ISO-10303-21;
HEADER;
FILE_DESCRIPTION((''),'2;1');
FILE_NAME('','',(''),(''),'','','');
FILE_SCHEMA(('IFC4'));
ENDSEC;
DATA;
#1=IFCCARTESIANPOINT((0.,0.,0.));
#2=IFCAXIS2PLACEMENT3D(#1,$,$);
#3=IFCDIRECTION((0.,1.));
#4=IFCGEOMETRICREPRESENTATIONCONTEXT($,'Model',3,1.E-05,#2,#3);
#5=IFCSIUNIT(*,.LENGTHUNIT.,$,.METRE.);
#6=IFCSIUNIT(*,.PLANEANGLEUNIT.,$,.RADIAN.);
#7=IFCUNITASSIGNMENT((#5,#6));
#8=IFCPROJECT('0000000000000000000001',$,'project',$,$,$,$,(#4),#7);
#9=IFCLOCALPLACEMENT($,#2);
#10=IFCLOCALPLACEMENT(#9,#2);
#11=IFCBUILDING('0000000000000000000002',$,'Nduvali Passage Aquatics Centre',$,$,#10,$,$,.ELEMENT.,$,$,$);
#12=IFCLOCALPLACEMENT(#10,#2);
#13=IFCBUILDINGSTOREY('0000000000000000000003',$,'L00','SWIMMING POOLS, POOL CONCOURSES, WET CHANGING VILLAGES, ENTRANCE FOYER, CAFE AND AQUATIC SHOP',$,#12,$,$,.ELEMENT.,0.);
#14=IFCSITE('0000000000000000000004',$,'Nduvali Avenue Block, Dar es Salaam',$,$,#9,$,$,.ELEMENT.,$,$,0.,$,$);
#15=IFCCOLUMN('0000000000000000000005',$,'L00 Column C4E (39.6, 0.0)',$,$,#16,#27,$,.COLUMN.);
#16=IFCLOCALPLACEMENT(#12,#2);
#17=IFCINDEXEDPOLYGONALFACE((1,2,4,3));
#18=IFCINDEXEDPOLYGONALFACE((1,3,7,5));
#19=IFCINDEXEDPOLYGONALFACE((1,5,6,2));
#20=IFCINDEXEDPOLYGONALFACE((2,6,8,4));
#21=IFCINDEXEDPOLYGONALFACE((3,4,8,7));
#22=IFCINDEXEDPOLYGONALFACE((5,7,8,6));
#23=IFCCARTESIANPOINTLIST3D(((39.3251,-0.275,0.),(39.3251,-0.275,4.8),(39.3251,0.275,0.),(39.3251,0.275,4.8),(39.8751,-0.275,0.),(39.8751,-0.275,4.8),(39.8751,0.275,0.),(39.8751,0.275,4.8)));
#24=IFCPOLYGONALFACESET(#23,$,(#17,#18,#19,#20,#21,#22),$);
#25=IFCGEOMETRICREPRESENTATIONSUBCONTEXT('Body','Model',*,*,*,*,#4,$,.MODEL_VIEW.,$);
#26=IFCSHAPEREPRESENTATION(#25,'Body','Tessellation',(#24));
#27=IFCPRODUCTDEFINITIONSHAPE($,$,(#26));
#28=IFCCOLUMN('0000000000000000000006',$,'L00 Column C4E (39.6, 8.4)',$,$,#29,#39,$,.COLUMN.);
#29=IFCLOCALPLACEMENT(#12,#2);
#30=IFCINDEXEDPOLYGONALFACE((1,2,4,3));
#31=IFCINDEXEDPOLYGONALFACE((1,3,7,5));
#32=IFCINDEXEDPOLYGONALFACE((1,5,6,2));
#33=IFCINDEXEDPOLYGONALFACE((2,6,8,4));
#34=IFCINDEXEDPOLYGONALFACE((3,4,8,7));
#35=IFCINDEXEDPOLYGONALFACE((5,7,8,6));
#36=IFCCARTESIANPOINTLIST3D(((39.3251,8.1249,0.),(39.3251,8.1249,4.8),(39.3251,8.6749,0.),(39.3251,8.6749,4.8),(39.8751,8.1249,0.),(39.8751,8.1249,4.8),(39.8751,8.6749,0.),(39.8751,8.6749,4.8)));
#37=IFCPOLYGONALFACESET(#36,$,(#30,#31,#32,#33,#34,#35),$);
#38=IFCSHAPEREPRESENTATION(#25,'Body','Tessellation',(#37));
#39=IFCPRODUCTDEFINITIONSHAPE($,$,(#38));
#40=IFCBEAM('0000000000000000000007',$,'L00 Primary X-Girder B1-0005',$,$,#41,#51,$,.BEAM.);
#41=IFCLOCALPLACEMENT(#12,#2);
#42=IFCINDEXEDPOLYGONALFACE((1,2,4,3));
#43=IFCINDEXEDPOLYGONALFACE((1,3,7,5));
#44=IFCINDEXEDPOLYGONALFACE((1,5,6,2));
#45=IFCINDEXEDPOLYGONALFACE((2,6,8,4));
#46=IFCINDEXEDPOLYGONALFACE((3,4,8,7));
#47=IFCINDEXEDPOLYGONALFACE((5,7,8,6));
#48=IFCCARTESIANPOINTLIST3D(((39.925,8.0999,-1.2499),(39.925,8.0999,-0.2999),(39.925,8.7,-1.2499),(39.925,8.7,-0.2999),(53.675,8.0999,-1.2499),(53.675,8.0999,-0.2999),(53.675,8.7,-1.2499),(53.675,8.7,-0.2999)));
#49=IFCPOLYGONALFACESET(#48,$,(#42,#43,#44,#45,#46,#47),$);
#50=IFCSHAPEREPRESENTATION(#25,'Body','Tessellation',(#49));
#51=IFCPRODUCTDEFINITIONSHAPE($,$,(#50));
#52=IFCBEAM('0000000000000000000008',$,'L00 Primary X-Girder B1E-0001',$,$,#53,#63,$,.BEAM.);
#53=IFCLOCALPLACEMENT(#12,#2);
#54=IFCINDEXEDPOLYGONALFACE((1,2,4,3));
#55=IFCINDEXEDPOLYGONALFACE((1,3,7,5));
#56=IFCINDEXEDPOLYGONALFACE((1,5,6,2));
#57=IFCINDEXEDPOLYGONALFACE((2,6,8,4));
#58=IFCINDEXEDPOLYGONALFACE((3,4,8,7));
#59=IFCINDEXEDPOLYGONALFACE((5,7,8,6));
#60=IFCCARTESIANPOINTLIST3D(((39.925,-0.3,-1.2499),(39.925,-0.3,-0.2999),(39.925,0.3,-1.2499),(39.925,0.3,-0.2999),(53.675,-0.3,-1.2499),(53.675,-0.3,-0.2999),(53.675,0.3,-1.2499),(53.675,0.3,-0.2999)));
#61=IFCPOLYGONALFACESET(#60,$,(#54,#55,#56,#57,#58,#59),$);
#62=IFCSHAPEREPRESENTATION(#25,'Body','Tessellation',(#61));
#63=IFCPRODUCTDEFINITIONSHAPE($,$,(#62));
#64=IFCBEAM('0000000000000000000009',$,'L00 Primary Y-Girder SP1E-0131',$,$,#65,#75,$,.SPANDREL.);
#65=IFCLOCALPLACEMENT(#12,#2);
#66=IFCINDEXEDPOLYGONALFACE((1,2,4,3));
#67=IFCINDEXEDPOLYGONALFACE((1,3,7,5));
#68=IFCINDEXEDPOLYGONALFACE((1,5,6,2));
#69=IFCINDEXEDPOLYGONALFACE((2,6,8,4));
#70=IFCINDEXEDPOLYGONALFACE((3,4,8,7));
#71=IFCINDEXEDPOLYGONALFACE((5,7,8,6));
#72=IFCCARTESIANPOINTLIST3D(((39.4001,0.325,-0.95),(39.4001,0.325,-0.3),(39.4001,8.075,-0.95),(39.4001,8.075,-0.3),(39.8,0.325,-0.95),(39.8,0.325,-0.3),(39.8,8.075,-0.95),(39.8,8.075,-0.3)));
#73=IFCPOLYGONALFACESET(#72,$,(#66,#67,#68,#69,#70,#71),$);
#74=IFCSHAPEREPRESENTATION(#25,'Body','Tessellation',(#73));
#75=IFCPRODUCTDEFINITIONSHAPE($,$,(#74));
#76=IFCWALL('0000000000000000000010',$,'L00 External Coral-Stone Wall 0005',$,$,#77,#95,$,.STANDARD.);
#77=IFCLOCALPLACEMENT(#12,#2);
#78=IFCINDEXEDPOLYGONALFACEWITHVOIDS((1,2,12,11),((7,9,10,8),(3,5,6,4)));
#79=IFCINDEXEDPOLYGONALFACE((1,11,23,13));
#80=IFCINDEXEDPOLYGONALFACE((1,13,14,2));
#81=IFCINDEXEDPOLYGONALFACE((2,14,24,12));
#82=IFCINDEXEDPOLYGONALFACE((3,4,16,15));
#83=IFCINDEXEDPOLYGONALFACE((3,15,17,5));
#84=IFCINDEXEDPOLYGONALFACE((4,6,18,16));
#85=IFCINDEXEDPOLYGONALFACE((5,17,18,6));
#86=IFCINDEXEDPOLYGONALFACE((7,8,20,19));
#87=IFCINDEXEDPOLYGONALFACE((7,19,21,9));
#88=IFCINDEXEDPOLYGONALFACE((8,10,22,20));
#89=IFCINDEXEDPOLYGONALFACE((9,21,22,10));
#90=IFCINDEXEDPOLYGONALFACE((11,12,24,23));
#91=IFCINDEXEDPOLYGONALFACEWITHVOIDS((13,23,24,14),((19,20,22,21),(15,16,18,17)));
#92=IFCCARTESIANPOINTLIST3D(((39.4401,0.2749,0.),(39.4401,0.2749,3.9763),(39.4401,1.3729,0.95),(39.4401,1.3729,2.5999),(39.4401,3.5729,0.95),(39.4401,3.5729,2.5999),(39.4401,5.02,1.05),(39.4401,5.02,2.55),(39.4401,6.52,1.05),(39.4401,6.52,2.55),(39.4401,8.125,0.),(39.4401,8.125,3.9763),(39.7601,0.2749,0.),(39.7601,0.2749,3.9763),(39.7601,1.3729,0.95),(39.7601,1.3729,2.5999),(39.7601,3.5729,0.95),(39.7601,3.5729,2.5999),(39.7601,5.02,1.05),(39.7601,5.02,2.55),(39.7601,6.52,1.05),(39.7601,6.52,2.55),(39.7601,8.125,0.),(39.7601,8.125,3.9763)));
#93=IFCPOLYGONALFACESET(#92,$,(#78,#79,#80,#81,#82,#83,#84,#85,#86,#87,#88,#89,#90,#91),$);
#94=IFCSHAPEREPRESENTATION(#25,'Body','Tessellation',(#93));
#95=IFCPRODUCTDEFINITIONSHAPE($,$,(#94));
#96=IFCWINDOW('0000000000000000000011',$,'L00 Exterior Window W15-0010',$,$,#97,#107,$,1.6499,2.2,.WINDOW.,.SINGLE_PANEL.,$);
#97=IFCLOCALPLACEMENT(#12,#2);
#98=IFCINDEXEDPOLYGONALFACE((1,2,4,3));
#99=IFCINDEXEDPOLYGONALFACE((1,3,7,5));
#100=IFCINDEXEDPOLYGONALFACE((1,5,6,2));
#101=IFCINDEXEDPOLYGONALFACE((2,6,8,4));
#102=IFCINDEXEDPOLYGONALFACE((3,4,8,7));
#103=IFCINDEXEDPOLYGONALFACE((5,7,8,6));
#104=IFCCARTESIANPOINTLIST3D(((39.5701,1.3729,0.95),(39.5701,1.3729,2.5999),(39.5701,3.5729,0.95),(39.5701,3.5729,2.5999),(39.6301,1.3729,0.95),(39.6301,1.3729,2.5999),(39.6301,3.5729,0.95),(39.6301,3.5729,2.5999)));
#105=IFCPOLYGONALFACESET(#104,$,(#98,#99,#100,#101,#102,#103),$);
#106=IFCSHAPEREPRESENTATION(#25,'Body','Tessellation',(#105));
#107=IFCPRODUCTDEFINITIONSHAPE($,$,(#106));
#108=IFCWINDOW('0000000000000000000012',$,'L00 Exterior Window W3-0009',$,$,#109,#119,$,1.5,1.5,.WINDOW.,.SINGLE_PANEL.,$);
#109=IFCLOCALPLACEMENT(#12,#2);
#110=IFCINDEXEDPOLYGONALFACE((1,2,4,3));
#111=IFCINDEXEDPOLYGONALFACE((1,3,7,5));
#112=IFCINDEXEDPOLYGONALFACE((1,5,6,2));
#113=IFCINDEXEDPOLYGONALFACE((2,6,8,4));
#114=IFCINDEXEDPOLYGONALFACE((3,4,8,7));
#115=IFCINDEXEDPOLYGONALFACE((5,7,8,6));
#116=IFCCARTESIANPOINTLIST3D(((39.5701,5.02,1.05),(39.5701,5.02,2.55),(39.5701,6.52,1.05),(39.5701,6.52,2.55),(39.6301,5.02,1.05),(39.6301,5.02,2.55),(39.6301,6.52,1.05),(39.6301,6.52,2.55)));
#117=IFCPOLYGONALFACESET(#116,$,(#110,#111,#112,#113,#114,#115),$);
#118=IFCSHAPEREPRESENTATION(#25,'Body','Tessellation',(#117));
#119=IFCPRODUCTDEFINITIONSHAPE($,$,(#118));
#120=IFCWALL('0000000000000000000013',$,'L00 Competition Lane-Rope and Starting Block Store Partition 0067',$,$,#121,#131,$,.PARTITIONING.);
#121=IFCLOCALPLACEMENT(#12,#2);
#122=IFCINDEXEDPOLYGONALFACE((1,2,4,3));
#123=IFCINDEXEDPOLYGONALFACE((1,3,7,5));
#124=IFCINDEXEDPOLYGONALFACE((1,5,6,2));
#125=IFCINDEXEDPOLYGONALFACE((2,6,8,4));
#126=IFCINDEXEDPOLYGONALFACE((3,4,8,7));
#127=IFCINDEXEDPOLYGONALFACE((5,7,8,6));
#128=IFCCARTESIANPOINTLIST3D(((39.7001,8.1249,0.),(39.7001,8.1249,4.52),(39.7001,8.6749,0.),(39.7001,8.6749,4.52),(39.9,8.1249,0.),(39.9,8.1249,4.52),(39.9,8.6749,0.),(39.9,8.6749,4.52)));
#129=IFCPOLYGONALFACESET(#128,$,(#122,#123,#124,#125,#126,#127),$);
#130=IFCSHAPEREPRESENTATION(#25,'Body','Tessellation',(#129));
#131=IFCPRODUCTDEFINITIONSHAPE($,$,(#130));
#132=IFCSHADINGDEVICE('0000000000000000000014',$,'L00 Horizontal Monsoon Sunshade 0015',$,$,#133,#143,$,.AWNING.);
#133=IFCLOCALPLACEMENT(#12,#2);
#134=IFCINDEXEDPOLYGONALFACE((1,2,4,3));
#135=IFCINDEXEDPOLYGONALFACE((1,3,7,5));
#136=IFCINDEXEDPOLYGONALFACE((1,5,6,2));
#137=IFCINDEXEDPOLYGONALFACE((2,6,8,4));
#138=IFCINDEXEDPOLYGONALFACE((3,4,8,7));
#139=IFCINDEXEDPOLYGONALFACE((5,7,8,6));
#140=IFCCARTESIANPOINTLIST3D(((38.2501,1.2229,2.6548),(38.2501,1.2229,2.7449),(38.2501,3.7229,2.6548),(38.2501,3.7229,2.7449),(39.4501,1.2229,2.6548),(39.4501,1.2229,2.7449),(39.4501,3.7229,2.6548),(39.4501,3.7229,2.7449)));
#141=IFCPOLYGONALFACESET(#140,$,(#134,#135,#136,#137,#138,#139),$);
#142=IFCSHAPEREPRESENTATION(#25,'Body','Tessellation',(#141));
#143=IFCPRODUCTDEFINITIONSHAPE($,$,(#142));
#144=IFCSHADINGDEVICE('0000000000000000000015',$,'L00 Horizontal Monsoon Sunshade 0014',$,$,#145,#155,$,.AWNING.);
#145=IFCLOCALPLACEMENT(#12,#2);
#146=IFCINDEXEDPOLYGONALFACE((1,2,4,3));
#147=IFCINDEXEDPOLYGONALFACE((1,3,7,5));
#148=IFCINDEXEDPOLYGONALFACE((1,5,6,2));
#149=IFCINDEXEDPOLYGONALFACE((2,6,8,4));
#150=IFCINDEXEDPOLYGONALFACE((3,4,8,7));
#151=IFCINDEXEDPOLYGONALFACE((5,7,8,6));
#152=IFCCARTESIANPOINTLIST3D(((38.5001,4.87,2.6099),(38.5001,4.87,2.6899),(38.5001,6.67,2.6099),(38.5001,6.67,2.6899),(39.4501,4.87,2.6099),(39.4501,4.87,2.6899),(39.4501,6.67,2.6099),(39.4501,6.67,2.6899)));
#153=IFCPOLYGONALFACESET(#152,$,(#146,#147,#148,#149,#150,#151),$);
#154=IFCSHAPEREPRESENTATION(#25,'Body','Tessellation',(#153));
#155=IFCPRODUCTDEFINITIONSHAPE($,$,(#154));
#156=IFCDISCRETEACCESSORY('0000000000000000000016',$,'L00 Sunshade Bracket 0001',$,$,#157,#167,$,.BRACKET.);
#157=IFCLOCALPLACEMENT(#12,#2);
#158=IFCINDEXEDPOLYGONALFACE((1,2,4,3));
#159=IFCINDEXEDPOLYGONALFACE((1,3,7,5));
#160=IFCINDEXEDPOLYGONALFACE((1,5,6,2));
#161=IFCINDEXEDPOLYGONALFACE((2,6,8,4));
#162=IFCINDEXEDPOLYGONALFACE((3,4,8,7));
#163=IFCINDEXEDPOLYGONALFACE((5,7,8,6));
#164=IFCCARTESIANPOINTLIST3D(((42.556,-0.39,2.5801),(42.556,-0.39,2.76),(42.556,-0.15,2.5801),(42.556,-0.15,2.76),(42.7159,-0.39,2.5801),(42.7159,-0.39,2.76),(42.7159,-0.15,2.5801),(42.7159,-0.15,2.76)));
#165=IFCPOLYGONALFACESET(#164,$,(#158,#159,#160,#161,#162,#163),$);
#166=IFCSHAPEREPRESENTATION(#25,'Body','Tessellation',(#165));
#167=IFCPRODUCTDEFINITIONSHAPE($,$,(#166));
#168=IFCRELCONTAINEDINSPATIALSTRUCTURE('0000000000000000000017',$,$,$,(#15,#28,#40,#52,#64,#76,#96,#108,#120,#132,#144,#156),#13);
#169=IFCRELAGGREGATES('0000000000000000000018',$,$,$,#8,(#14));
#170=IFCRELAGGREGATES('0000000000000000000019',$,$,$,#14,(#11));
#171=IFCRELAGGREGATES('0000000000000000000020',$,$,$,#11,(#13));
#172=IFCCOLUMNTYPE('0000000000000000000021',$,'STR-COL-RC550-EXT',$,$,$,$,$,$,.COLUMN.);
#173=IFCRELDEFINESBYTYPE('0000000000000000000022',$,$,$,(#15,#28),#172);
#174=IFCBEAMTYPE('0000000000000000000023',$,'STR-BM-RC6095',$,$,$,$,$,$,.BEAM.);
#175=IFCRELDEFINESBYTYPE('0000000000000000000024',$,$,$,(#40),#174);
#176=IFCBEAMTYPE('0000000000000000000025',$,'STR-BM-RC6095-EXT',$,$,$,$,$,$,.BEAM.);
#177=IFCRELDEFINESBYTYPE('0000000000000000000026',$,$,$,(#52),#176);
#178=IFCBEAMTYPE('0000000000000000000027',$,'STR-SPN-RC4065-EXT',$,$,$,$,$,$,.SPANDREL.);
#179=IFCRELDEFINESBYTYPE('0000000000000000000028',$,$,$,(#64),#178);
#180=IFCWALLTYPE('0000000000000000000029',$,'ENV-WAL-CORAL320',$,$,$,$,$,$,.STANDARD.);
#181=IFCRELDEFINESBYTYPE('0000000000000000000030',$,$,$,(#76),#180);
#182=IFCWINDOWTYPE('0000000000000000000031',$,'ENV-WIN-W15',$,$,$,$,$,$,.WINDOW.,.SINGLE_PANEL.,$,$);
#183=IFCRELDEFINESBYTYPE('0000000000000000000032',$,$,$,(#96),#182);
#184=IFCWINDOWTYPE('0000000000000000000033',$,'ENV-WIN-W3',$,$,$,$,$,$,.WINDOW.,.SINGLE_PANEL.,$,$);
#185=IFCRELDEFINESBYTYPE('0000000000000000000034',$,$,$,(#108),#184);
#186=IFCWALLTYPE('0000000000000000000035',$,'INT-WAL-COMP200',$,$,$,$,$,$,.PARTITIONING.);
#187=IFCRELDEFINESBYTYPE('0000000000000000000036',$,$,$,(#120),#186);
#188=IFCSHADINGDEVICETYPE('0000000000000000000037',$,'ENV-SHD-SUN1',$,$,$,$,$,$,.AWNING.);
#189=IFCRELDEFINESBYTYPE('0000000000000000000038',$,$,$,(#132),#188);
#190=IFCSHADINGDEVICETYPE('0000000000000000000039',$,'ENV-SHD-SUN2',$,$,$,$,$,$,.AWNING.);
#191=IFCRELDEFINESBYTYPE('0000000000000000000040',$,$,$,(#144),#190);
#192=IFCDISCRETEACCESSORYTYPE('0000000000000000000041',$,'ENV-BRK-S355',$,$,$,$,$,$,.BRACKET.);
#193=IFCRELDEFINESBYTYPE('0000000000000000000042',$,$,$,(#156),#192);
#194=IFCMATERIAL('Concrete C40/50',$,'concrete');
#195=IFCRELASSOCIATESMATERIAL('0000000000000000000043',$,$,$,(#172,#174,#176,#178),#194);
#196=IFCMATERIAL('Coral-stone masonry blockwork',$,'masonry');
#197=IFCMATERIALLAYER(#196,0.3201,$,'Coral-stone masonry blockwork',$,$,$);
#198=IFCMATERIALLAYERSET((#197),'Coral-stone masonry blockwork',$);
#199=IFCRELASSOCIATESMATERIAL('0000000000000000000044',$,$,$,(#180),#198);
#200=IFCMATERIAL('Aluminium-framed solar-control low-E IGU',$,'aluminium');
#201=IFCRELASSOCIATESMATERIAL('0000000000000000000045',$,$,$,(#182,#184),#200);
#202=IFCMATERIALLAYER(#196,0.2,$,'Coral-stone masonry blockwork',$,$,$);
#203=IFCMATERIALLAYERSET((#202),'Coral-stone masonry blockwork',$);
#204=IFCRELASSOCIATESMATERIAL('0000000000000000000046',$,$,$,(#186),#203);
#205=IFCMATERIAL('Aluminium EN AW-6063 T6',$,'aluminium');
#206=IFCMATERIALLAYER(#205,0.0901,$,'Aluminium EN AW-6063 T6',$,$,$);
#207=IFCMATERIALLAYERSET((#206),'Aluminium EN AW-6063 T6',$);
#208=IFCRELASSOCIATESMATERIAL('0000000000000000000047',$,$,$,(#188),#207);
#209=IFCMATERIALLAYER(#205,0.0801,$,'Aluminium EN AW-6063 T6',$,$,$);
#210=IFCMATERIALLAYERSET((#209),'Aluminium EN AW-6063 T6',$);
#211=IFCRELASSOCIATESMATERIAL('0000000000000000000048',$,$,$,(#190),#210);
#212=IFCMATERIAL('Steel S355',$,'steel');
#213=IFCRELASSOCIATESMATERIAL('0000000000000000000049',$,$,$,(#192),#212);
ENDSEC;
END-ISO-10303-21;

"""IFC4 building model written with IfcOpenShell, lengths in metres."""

from ifc_helpers import new_model, si_unit, direction, frame, frame_2d, origin, origin_2d, place, context, subcontext, project, spatial, rectangle, extrude, material, layer, layer_set, material_profile, profile_set, type_object, element, fill, save


model = new_model("IFC4")

# Units and contexts
model_context = context("Model", 3, precision=1e-05, world=origin(), true_north=direction((0.0, 1.0)))
body_context = subcontext(model_context, "Body", "Model", "MODEL_VIEW")
ifc_project = project(units=[si_unit("LENGTHUNIT", "METRE"), si_unit("PLANEANGLEUNIT", "RADIAN")], contexts=[model_context])

# Site, building, storey
site_placement = place(None, origin())
site = spatial("IfcSite", under=ifc_project, at=site_placement, Name="Nduvali Avenue Block, Dar es Salaam", CompositionType="ELEMENT", RefElevation=0.0)
building_placement = place(site_placement, origin())
building = spatial("IfcBuilding", under=site, at=building_placement, Name="Nduvali Passage Aquatics Centre", CompositionType="ELEMENT")
storey_placement = place(building_placement, origin())
storey = spatial("IfcBuildingStorey", under=building, at=storey_placement, Name="L00", Description="SWIMMING POOLS, POOL CONCOURSES, WET CHANGING VILLAGES, ENTRANCE FOYER, CAFE AND AQUATIC SHOP", CompositionType="ELEMENT", Elevation=0.0)

# Columns
ifc_material_1 = material(Name="Concrete C40/50", Category="concrete")
ifc_material_profile_1 = material_profile(ifc_material_1, rectangle(XDim=0.55, YDim=0.55, at=origin_2d()), Name="RC 550x550")
ifc_profile_set_1 = profile_set([ifc_material_profile_1], Name="Concrete C40/50")
column_type = type_object("IfcColumnType", Name="STR-COL-RC550-EXT", PredefinedType="COLUMN", material=ifc_profile_set_1)
for number, where, z_axis, x_axis, name in (
    (1, (39.6001, 0.0, 0.0), (0.0, 0.0, 1.0), (1.0, 0.0, 0.0), "L00 Column C4E (39.6, 0.0)"),
    (2, (39.6001, 8.3999, 0.0), (0.0, 0.0, 1.0), (1.0, 0.0, 0.0), "L00 Column C4E (39.6, 8.4)"),
):
    element("IfcColumn", number, at=place(storey_placement, frame(where, z_axis=z_axis, x_axis=x_axis)), inside=storey, type_object=column_type, Name=name, PredefinedType="COLUMN", context=body_context, shape_type="SweptSolid", body=[
        extrude(rectangle(XDim=0.55, YDim=0.55, at=origin_2d()), origin(), (0.0, 0.0, 1.0), 4.8),
    ])

# Beams
ifc_material_profile_2 = material_profile(ifc_material_1, rectangle(XDim=0.6001, YDim=0.95, at=origin_2d()), Name="RC 600x950")
ifc_profile_set_2 = profile_set([ifc_material_profile_2], Name="Concrete C40/50")
beam_type_1 = type_object("IfcBeamType", Name="STR-BM-RC6095", PredefinedType="BEAM", material=ifc_profile_set_2)
beam_1_placement = place(storey_placement, frame((39.925, 8.3999, -0.7749), z_axis=(1.0, 0.0, 0.0), x_axis=(0.0, 1.0, 0.0)))
element("IfcBeam", 3, at=beam_1_placement, inside=storey, type_object=beam_type_1, Name="L00 Primary X-Girder B1-0005", PredefinedType="BEAM", context=body_context, shape_type="SweptSolid", body=[
    extrude(rectangle(XDim=0.6001, YDim=0.95, at=origin_2d()), origin(), (0.0, 0.0, 1.0), 13.75),
])
ifc_material_profile_3 = material_profile(ifc_material_1, rectangle(XDim=0.6001, YDim=0.95, at=origin_2d()), Name="RC 600x950")
ifc_profile_set_3 = profile_set([ifc_material_profile_3], Name="Concrete C40/50")
beam_type_2 = type_object("IfcBeamType", Name="STR-BM-RC6095-EXT", PredefinedType="BEAM", material=ifc_profile_set_3)
beam_2_placement = place(storey_placement, frame((39.925, 0.0, -0.7749), z_axis=(1.0, 0.0, 0.0), x_axis=(0.0, 1.0, 0.0)))
element("IfcBeam", 4, at=beam_2_placement, inside=storey, type_object=beam_type_2, Name="L00 Primary X-Girder B1E-0001", PredefinedType="BEAM", context=body_context, shape_type="SweptSolid", body=[
    extrude(rectangle(XDim=0.6001, YDim=0.95, at=origin_2d()), origin(), (0.0, 0.0, 1.0), 13.75),
])
ifc_material_profile_4 = material_profile(ifc_material_1, rectangle(XDim=0.3999, YDim=0.6499, at=origin_2d()), Name="RC 400x650")
ifc_profile_set_4 = profile_set([ifc_material_profile_4], Name="Concrete C40/50")
beam_type_3 = type_object("IfcBeamType", Name="STR-SPN-RC4065-EXT", PredefinedType="SPANDREL", material=ifc_profile_set_4)
beam_3_placement = place(storey_placement, frame((39.6001, 0.325, -0.625), z_axis=(0.0, 1.0, 0.0), x_axis=(-1.0, 0.0, 0.0)))
element("IfcBeam", 5, at=beam_3_placement, inside=storey, type_object=beam_type_3, Name="L00 Primary Y-Girder SP1E-0131", PredefinedType="SPANDREL", context=body_context, shape_type="SweptSolid", body=[
    extrude(rectangle(XDim=0.3999, YDim=0.6499, at=origin_2d()), origin(), (0.0, 0.0, 1.0), 7.75),
])

# Shared definitions
ifc_material_2 = material(Name="Coral-stone masonry blockwork", Category="masonry")
ifc_layer_1 = layer(ifc_material_2, 0.3201, Name="Coral-stone masonry blockwork")
ifc_layer_set_1 = layer_set([ifc_layer_1], Name="Coral-stone masonry blockwork")
wall_type_1 = type_object("IfcWallType", Name="ENV-WAL-CORAL320", PredefinedType="STANDARD", material=ifc_layer_set_1)
ifc_material_3 = material(Name="Aluminium-framed solar-control low-E IGU", Category="aluminium")

# Wall, openings, windows
wall_1_placement = place(storey_placement, frame((39.6001, 8.125, 0.0), z_axis=(0.0, 0.0, 1.0), x_axis=(0.0, -1.0, 0.0)))
wall_1 = element("IfcWall", 6, at=wall_1_placement, inside=storey, type_object=wall_type_1, Name="L00 External Coral-Stone Wall 0005", PredefinedType="STANDARD", context=body_context, shape_type="SweptSolid", body=[
    extrude(rectangle(XDim=7.8501, YDim=0.3201, at=frame_2d((3.925, 0.0))), origin(), (0.0, 0.0, 1.0), 3.9763),
])
opening_1_placement = place(wall_1_placement, frame((1.605, 0.0, 1.05)))
opening_1 = element("IfcOpeningElement", 7, at=opening_1_placement, cuts=wall_1, PredefinedType="OPENING", context=body_context, shape_type="SweptSolid", body=[
    extrude(rectangle(XDim=1.5, YDim=1.5, at=frame_2d((0.75, 0.75))), frame((0.0, 0.1748, 0.0), z_axis=(0.0, -1.0, 0.0), x_axis=(1.0, 0.0, 0.0)), (0.0, 0.0, 1.0), 0.3499),
])
opening_2_placement = place(wall_1_placement, frame((4.552, 0.0, 0.95)))
opening_2 = element("IfcOpeningElement", 8, at=opening_2_placement, cuts=wall_1, PredefinedType="OPENING", context=body_context, shape_type="SweptSolid", body=[
    extrude(rectangle(XDim=2.2, YDim=1.6499, at=frame_2d((1.1001, 0.825))), frame((0.0, 0.1748, 0.0), z_axis=(0.0, -1.0, 0.0), x_axis=(1.0, 0.0, 0.0)), (0.0, 0.0, 1.0), 0.3499),
])
window_type_1 = type_object("IfcWindowType", Name="ENV-WIN-W15", PartitioningType="SINGLE_PANEL", PredefinedType="WINDOW", material=ifc_material_3)
window_1_placement = place(opening_2_placement, origin())
window_1 = element("IfcWindow", 9, at=window_1_placement, inside=storey, type_object=window_type_1, Name="L00 Exterior Window W15-0010", OverallHeight=1.6499, OverallWidth=2.2, PartitioningType="SINGLE_PANEL", PredefinedType="WINDOW", context=body_context, shape_type="SweptSolid", body=[
    extrude(rectangle(XDim=2.2, YDim=1.6499, at=frame_2d((1.1001, 0.825))), frame((0.0, 0.03, 0.0), z_axis=(0.0, -1.0, 0.0), x_axis=(1.0, 0.0, 0.0)), (0.0, 0.0, 1.0), 0.0601),
])
fill(opening_2, window_1)
window_type_2 = type_object("IfcWindowType", Name="ENV-WIN-W3", PartitioningType="SINGLE_PANEL", PredefinedType="WINDOW", material=ifc_material_3)
window_2_placement = place(opening_1_placement, origin())
window_2 = element("IfcWindow", 10, at=window_2_placement, inside=storey, type_object=window_type_2, Name="L00 Exterior Window W3-0009", OverallHeight=1.5, OverallWidth=1.5, PartitioningType="SINGLE_PANEL", PredefinedType="WINDOW", context=body_context, shape_type="SweptSolid", body=[
    extrude(rectangle(XDim=1.5, YDim=1.5, at=frame_2d((0.75, 0.75))), frame((0.0, 0.03, 0.0), z_axis=(0.0, -1.0, 0.0), x_axis=(1.0, 0.0, 0.0)), (0.0, 0.0, 1.0), 0.0601),
])
fill(opening_1, window_2)

# Wall
ifc_layer_2 = layer(ifc_material_2, 0.2, Name="Coral-stone masonry blockwork")
ifc_layer_set_2 = layer_set([ifc_layer_2], Name="Coral-stone masonry blockwork")
wall_type_2 = type_object("IfcWallType", Name="INT-WAL-COMP200", PredefinedType="PARTITIONING", material=ifc_layer_set_2)
wall_2_placement = place(storey_placement, frame((39.8, 8.125, 0.0), z_axis=(0.0, 0.0, 1.0), x_axis=(0.0, 1.0, 0.0)))
element("IfcWall", 11, at=wall_2_placement, inside=storey, type_object=wall_type_2, Name="L00 Competition Lane-Rope and Starting Block Store Partition 0067", PredefinedType="PARTITIONING", context=body_context, shape_type="SweptSolid", body=[
    extrude(rectangle(XDim=0.55, YDim=0.2, at=frame_2d((0.2749, 0.0))), origin(), (0.0, 0.0, 1.0), 4.52),
])

# Shading devices
ifc_material_4 = material(Name="Aluminium EN AW-6063 T6", Category="aluminium")
ifc_layer_3 = layer(ifc_material_4, 0.0901, Name="Aluminium EN AW-6063 T6")
ifc_layer_set_3 = layer_set([ifc_layer_3], Name="Aluminium EN AW-6063 T6")
shading_device_type_1 = type_object("IfcShadingDeviceType", Name="ENV-SHD-SUN1", PredefinedType="AWNING", material=ifc_layer_set_3)
shading_device_1_placement = place(storey_placement, frame((38.8501, 2.4729, 2.6548), z_axis=(0.0, 0.0, 1.0), x_axis=(0.0, -1.0, 0.0)))
element("IfcShadingDevice", 12, at=shading_device_1_placement, inside=storey, type_object=shading_device_type_1, Name="L00 Horizontal Monsoon Sunshade 0015", PredefinedType="AWNING", context=body_context, shape_type="SweptSolid", body=[
    extrude(rectangle(XDim=2.5, YDim=1.2, at=origin_2d()), origin(), (0.0, 0.0, 1.0), 0.0901),
])
ifc_layer_4 = layer(ifc_material_4, 0.0801, Name="Aluminium EN AW-6063 T6")
ifc_layer_set_4 = layer_set([ifc_layer_4], Name="Aluminium EN AW-6063 T6")
shading_device_type_2 = type_object("IfcShadingDeviceType", Name="ENV-SHD-SUN2", PredefinedType="AWNING", material=ifc_layer_set_4)
shading_device_2_placement = place(storey_placement, frame((38.9751, 5.77, 2.6099), z_axis=(0.0, 0.0, 1.0), x_axis=(0.0, -1.0, 0.0)))
element("IfcShadingDevice", 13, at=shading_device_2_placement, inside=storey, type_object=shading_device_type_2, Name="L00 Horizontal Monsoon Sunshade 0014", PredefinedType="AWNING", context=body_context, shape_type="SweptSolid", body=[
    extrude(rectangle(XDim=1.8, YDim=0.95, at=origin_2d()), origin(), (0.0, 0.0, 1.0), 0.0801),
])

# Discrete accessory
ifc_material_5 = material(Name="Steel S355", Category="steel")
discrete_accessory_type = type_object("IfcDiscreteAccessoryType", Name="ENV-BRK-S355", PredefinedType="BRACKET", material=ifc_material_5)
for number, where, z_axis, x_axis, name in (
    (14, (42.636, -0.27, 2.5801), (0.0, 0.0, 1.0), (1.0, 0.0, 0.0), "L00 Sunshade Bracket 0001"),
):
    element("IfcDiscreteAccessory", number, at=place(storey_placement, frame(where, z_axis=z_axis, x_axis=x_axis)), inside=storey, type_object=discrete_accessory_type, Name=name, PredefinedType="BRACKET", context=body_context, shape_type="SweptSolid", body=[
        extrude(rectangle(XDim=0.1599, YDim=0.24, at=origin_2d()), origin(), (0.0, 0.0, 1.0), 0.1799),
    ])

save(model, "model.ifc")
